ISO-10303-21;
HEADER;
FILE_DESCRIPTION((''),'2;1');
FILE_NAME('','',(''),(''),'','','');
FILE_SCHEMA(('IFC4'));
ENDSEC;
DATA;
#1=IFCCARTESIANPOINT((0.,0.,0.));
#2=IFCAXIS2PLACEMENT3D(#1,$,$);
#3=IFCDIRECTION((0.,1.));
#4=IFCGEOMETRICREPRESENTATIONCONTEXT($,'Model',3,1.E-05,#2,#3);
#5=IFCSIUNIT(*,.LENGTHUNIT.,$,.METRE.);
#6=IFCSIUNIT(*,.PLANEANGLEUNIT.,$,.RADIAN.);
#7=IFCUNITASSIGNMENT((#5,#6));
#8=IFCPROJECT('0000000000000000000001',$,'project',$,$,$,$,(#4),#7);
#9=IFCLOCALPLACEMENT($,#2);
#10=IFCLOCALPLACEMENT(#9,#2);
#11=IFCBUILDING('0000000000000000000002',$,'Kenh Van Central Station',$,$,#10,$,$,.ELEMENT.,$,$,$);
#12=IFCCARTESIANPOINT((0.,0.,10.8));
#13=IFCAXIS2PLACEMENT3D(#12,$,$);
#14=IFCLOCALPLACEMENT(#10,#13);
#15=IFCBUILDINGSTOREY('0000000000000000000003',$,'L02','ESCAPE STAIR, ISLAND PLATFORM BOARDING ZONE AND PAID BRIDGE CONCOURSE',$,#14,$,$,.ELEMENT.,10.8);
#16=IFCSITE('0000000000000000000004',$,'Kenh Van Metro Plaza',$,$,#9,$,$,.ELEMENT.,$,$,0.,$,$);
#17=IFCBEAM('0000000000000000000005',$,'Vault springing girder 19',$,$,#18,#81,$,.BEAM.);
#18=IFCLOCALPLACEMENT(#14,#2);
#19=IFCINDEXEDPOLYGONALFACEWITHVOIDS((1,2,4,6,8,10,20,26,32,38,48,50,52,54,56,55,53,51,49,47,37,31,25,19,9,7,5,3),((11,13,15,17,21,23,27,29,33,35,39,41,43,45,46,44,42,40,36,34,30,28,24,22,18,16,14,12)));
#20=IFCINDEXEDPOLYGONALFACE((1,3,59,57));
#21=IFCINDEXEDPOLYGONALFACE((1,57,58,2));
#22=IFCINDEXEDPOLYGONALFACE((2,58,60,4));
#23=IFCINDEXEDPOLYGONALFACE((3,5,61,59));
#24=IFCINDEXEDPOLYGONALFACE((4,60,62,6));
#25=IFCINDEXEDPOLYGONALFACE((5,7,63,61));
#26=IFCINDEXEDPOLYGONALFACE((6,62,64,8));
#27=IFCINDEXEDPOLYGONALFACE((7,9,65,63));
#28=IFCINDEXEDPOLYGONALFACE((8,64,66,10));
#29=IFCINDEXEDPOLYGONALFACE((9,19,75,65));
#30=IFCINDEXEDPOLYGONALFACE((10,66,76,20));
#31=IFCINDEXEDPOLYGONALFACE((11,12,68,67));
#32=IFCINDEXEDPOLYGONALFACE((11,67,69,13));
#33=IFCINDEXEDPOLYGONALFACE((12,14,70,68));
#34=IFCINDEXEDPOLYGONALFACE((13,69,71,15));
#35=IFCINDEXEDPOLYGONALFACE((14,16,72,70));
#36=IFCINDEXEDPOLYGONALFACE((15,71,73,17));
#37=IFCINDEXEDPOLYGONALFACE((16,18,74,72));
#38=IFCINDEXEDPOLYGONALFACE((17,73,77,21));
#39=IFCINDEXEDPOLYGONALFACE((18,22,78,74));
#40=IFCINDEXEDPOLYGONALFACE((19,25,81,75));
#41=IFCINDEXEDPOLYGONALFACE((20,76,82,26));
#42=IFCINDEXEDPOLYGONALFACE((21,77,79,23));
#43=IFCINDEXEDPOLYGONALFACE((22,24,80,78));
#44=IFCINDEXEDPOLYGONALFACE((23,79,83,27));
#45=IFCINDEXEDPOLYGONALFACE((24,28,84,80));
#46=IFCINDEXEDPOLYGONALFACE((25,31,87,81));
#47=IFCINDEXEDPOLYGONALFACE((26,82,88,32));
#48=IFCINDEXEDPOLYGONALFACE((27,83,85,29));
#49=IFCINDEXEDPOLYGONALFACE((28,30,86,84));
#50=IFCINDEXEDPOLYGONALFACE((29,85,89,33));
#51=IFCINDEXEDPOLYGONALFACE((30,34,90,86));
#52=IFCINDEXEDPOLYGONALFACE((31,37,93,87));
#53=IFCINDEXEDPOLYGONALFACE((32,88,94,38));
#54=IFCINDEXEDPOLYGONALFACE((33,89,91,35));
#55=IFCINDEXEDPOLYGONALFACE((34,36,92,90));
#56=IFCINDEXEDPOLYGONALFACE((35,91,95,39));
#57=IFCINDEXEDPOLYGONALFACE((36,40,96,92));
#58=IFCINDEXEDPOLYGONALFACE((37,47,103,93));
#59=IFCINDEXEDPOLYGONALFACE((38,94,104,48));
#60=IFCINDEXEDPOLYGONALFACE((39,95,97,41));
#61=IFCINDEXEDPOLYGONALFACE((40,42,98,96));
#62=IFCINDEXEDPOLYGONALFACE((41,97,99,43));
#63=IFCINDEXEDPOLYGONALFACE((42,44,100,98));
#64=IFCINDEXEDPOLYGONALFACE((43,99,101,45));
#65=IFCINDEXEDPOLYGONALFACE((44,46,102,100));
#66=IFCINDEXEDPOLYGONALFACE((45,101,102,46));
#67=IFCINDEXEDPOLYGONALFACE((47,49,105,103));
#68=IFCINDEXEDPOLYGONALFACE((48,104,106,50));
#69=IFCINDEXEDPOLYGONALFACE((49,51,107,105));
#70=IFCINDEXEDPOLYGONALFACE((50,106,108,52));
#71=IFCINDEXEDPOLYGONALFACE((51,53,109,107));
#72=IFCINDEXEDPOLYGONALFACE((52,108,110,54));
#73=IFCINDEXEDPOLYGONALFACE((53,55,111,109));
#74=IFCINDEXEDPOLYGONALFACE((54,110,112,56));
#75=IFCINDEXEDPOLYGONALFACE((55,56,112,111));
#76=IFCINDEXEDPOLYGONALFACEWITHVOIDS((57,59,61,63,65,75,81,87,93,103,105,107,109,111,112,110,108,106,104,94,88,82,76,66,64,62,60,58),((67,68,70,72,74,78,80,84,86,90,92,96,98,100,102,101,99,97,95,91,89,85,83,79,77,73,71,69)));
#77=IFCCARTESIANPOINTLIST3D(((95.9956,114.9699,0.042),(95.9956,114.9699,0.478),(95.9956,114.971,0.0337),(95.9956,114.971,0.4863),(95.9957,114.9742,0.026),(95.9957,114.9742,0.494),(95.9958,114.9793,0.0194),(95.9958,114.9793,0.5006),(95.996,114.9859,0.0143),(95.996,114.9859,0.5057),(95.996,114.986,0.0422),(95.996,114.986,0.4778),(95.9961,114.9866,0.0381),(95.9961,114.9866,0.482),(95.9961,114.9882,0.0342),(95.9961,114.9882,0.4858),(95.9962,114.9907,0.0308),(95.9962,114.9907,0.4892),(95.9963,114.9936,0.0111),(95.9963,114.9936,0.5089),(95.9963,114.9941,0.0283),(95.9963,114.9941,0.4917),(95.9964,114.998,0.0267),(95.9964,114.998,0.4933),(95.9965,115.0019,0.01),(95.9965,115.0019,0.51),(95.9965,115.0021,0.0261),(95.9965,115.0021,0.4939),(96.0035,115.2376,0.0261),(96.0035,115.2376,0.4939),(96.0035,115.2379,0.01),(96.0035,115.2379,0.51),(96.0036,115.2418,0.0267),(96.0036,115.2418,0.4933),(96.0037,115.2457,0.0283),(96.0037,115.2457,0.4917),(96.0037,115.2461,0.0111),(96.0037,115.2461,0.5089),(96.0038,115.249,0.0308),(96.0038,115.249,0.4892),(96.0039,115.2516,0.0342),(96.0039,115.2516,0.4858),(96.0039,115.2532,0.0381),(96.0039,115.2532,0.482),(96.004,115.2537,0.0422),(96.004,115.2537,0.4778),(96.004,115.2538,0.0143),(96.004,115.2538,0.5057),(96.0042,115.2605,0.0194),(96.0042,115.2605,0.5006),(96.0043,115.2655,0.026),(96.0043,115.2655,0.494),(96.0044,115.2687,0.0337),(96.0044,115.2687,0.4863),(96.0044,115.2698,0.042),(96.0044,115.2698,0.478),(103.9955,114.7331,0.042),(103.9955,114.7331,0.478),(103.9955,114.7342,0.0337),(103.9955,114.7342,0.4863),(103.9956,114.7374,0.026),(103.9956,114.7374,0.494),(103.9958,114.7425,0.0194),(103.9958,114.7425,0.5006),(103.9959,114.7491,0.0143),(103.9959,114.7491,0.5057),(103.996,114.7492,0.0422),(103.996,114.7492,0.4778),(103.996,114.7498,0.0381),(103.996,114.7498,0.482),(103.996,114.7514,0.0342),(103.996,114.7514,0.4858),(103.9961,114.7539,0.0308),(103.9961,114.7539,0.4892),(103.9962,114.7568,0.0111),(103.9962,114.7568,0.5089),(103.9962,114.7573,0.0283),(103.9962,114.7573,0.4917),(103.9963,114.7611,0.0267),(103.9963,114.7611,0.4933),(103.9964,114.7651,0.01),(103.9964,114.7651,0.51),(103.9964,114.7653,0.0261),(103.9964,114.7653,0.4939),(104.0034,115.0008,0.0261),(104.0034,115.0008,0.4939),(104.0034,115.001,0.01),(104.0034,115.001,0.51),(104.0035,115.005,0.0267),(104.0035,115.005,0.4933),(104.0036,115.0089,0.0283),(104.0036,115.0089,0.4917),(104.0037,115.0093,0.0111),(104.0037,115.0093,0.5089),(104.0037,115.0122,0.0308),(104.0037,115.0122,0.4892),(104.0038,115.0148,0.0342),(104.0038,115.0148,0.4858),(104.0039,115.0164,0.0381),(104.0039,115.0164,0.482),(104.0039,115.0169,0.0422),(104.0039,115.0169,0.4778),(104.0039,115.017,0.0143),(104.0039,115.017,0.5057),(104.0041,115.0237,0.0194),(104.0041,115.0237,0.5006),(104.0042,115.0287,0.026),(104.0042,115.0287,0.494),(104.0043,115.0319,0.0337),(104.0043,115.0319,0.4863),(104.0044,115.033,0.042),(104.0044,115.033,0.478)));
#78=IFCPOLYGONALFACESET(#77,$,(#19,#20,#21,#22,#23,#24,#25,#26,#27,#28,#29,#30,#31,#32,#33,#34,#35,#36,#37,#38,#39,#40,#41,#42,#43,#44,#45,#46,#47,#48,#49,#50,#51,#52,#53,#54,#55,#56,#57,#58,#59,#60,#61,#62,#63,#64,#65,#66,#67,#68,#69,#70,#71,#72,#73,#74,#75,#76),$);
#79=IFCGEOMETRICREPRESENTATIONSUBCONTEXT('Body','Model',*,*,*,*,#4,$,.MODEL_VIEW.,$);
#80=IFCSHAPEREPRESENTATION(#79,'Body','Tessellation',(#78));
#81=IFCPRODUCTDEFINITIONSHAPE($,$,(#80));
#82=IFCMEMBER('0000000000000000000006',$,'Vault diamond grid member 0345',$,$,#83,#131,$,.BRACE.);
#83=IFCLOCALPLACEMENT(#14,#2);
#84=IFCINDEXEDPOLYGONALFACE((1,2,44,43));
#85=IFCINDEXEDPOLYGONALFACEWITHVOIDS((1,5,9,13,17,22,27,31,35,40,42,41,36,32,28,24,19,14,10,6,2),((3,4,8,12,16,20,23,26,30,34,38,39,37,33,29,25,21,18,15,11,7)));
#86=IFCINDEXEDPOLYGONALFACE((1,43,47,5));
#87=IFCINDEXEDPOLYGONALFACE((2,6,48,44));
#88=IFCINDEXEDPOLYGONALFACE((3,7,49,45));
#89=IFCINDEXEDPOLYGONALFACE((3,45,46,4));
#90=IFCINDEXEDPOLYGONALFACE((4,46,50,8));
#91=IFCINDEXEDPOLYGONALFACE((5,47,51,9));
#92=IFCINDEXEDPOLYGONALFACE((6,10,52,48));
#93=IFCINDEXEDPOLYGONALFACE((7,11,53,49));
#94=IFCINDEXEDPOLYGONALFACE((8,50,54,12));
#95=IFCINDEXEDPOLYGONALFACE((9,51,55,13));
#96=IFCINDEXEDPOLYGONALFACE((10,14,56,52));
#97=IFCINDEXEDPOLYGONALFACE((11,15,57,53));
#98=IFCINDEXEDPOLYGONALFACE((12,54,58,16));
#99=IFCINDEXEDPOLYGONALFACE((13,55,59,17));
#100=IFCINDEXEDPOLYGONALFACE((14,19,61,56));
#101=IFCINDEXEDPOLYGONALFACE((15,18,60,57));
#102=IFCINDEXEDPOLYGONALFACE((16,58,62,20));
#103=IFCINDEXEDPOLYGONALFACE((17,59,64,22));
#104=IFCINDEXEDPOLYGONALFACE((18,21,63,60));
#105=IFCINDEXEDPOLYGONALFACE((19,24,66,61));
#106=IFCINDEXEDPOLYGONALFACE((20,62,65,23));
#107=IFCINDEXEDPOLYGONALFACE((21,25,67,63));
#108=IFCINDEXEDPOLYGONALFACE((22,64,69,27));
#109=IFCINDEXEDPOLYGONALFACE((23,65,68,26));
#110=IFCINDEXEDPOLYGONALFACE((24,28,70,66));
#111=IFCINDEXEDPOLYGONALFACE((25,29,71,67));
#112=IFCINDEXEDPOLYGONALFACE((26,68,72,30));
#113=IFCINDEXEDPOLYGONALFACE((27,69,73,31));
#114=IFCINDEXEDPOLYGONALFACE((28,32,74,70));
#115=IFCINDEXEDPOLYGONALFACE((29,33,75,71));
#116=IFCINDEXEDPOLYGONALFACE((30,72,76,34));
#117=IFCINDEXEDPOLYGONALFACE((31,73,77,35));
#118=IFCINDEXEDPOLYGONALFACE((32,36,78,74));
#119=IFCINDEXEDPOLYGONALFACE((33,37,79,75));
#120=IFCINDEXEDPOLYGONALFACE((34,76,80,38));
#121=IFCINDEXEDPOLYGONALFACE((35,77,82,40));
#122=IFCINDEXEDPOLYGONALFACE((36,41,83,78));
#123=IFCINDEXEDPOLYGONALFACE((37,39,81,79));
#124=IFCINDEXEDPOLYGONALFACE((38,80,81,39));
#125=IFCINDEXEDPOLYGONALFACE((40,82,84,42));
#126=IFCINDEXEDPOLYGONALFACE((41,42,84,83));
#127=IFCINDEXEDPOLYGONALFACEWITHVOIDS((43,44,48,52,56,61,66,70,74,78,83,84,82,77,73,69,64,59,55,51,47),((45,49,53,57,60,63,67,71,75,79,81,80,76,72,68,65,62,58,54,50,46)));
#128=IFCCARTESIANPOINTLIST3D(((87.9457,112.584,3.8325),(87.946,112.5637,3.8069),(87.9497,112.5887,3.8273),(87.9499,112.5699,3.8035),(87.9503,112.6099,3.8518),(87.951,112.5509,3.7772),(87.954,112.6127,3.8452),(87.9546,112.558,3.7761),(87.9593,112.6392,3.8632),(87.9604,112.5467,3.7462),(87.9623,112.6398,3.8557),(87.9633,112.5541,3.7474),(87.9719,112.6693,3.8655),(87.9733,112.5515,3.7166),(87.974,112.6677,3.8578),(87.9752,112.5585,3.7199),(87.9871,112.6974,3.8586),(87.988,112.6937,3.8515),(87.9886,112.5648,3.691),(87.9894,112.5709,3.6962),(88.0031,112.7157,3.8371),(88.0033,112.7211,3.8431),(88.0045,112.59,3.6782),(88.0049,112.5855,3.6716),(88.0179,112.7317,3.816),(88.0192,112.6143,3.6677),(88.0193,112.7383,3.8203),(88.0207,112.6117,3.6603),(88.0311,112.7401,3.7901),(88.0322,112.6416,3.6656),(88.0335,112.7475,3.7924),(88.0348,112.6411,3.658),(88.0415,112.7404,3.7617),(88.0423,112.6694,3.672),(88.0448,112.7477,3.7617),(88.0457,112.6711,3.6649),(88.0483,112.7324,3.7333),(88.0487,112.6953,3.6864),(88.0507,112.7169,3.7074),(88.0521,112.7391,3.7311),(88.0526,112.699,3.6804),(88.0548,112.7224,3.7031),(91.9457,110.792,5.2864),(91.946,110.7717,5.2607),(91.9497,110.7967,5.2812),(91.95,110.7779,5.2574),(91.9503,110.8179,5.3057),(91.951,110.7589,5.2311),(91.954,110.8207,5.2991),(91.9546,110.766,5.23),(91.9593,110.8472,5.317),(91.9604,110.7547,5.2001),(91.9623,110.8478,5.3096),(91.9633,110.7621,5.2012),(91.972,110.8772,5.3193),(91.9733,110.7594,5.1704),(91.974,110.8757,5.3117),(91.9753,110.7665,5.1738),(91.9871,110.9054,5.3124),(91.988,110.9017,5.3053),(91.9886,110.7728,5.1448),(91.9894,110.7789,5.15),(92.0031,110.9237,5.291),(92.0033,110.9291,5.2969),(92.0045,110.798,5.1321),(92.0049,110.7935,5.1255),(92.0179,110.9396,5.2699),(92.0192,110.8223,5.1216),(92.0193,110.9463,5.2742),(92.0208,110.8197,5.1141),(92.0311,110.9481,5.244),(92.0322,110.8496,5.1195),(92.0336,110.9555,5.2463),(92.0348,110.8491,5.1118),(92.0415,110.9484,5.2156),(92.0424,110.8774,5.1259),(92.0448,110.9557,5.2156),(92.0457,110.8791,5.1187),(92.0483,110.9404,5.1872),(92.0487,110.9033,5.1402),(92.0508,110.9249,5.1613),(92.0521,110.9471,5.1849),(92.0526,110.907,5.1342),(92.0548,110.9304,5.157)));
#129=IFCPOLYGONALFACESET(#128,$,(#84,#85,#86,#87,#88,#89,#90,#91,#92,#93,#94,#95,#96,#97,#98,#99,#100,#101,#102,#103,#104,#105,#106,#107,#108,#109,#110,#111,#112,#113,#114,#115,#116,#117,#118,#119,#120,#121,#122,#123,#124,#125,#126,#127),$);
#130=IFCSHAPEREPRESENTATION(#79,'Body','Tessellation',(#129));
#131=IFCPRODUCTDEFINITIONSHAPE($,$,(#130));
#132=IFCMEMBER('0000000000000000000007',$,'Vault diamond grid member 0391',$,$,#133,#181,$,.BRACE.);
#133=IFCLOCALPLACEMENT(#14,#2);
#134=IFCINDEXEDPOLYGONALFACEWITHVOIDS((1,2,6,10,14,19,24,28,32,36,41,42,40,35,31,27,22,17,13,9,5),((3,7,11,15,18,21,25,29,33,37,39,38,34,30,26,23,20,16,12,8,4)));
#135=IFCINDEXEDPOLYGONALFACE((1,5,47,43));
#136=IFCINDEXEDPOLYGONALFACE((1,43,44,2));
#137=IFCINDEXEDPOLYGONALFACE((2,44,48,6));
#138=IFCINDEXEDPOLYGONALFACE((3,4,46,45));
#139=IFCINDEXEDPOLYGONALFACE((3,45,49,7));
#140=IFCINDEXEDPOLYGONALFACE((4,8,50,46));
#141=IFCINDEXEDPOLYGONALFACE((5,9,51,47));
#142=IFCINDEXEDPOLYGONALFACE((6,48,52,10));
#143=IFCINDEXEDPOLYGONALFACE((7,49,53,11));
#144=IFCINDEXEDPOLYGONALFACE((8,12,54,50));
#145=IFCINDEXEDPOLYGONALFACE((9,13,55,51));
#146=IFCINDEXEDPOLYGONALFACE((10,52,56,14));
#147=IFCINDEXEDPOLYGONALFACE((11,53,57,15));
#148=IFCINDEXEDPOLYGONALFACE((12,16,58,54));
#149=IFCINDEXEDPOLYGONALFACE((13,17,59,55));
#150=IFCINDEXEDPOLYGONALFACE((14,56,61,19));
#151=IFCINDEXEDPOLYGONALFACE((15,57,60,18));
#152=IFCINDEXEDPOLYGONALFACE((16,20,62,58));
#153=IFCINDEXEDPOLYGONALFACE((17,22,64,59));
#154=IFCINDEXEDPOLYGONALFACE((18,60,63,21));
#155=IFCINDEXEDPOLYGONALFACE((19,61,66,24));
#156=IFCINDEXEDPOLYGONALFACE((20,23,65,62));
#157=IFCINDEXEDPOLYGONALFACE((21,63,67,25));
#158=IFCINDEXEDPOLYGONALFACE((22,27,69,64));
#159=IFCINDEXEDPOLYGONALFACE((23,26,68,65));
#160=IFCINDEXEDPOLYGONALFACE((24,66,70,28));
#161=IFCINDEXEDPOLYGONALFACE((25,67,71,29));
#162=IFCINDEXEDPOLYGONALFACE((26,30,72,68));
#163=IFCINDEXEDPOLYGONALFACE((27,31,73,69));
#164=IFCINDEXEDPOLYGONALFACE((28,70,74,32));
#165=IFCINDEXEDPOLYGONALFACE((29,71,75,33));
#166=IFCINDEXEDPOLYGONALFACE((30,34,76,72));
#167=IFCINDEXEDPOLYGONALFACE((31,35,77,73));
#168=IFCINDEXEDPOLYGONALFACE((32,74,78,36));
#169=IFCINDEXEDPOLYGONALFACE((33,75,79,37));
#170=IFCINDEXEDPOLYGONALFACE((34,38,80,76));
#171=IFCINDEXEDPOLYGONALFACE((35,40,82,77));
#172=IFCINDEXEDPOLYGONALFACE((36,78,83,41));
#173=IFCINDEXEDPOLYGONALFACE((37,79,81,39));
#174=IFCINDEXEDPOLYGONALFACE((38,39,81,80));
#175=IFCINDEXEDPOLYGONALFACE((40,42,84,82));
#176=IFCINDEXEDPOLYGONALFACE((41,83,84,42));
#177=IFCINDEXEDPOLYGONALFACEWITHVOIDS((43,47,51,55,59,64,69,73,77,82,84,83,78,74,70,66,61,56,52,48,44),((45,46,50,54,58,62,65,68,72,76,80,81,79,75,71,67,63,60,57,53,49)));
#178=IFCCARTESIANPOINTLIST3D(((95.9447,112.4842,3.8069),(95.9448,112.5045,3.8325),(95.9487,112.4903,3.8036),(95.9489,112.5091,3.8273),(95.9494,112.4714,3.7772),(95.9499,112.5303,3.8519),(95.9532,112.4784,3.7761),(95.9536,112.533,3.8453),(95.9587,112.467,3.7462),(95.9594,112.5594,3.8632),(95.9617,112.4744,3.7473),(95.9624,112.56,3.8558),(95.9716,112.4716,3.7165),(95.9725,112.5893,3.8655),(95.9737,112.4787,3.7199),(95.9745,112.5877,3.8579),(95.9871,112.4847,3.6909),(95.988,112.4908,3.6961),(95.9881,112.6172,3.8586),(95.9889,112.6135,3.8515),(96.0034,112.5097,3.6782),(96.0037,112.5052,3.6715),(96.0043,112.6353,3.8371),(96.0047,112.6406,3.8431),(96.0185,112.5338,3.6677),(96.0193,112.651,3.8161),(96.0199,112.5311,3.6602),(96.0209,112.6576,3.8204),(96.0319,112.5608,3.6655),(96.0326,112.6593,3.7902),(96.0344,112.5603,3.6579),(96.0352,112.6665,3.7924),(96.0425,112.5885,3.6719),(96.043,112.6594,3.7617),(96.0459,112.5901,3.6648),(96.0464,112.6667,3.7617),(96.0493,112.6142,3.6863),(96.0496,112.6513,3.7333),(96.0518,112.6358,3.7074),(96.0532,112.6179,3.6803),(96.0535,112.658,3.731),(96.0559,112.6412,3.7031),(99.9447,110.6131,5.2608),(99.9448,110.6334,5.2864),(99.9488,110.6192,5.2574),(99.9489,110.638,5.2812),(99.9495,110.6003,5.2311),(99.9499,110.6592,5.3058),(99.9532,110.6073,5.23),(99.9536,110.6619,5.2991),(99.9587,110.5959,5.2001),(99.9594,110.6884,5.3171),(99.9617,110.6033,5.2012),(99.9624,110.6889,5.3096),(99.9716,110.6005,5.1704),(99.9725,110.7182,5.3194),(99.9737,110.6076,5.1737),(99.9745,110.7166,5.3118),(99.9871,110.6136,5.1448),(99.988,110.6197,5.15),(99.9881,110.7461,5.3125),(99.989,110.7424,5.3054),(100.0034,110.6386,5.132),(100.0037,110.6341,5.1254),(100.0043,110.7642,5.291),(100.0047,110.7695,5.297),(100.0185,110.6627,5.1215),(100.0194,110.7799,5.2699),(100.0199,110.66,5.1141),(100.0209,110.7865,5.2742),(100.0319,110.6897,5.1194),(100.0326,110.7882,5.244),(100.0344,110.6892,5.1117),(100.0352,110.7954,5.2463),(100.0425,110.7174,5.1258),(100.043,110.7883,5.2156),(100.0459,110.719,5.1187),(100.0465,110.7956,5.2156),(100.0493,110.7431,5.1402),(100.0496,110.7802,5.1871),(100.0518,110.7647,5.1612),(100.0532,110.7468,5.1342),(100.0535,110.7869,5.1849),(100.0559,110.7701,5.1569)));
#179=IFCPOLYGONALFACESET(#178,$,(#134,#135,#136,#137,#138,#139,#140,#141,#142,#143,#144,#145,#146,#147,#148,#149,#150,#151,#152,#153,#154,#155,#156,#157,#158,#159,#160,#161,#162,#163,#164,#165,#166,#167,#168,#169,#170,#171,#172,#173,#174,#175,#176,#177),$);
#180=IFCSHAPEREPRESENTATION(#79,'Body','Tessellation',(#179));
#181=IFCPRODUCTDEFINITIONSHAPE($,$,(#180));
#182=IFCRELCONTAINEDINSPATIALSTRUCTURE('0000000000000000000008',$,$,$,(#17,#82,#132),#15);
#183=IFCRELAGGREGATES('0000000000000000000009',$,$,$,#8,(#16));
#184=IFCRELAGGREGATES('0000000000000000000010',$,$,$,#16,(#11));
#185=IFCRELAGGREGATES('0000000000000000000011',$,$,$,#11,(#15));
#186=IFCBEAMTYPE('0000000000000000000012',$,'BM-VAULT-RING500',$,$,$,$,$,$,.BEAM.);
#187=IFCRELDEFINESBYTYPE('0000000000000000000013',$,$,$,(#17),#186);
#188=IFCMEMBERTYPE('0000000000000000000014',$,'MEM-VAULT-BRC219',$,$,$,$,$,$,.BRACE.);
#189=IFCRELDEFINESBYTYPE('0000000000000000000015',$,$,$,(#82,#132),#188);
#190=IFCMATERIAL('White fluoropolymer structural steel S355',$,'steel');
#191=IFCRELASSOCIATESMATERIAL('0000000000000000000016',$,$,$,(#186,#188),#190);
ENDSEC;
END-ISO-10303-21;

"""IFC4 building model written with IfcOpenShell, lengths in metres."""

from ifc_helpers import new_model, si_unit, direction, frame, origin, origin_2d, place, context, subcontext, project, spatial, hollow_rectangle, hollow_circle, extrude, material, material_profile, profile_set, type_object, element, save


model = new_model("IFC4")

# Units and contexts
model_context = context("Model", 3, precision=1e-05, world=origin(), true_north=direction((0.0, 1.0)))
body_context = subcontext(model_context, "Body", "Model", "MODEL_VIEW")
ifc_project = project(units=[si_unit("LENGTHUNIT", "METRE"), si_unit("PLANEANGLEUNIT", "RADIAN")], contexts=[model_context])

# Site, building, storey
site_placement = place(None, origin())
site = spatial("IfcSite", under=ifc_project, at=site_placement, Name="Kenh Van Metro Plaza", CompositionType="ELEMENT", RefElevation=0.0)
building_placement = place(site_placement, origin())
building = spatial("IfcBuilding", under=site, at=building_placement, Name="Kenh Van Central Station", CompositionType="ELEMENT")
storey_placement = place(building_placement, frame((0.0, 0.0, 10.8)))
storey = spatial("IfcBuildingStorey", under=building, at=storey_placement, Name="L02", Description="ESCAPE STAIR, ISLAND PLATFORM BOARDING ZONE AND PAID BRIDGE CONCOURSE", CompositionType="ELEMENT", Elevation=10.8)

# Beam
ifc_material_1 = material(Name="White fluoropolymer structural steel S355", Category="steel")
ifc_material_profile_1 = material_profile(ifc_material_1, hollow_rectangle(XDim=0.3, YDim=0.5, WallThickness=0.0161, InnerFilletRadius=0.0161, OuterFilletRadius=0.032, at=origin_2d()), Name="RHS 500x300x16")
ifc_profile_set_1 = profile_set([ifc_material_profile_1], Name="White fluoropolymer structural steel S355")
beam_type_1 = type_object("IfcBeamType", Name="BM-VAULT-RING500", PredefinedType="BEAM", material=ifc_profile_set_1)
beam_1_placement = place(storey_placement, frame((96.0, 115.1199, 0.26), z_axis=(0.999562, -0.029589, 0.0), x_axis=(0.029589, 0.999562, 0.0)))
element("IfcBeam", 1, at=beam_1_placement, inside=storey, type_object=beam_type_1, Name="Vault springing girder 19", PredefinedType="BEAM", context=body_context, shape_type="SweptSolid", body=[
    extrude(hollow_rectangle(XDim=0.3, YDim=0.5, WallThickness=0.0161, InnerFilletRadius=0.0161, OuterFilletRadius=0.032, at=origin_2d()), origin(), (0.0, 0.0, 1.0), 8.0034),
])

# Members
ifc_material_profile_2 = material_profile(ifc_material_1, hollow_circle(Radius=0.1096, WallThickness=0.0081, at=origin_2d()), Name="CHS 219.1x8")
ifc_profile_set_2 = profile_set([ifc_material_profile_2], Name="White fluoropolymer structural steel S355")
member_type_1 = type_object("IfcMemberType", Name="MEM-VAULT-BRC219", PredefinedType="BRACE", material=ifc_profile_set_2)
member_1_placement = place(storey_placement, frame((88.0, 112.6477, 3.7617), z_axis=(0.866196, -0.388054, 0.314831), x_axis=(0.408845, 0.912604, 0.0)))
element("IfcMember", 2, at=member_1_placement, inside=storey, type_object=member_type_1, Name="Vault diamond grid member 0345", PredefinedType="BRACE", context=body_context, shape_type="SweptSolid", body=[
    extrude(hollow_circle(Radius=0.1096, WallThickness=0.0081, at=origin_2d()), origin(), (0.0, 0.0, 1.0), 4.6179),
])
member_2_placement = place(storey_placement, frame((96.0, 112.5674, 3.7617), z_axis=(0.86037, -0.402458, 0.312714), x_axis=(0.423709, 0.905799, 0.0)))
element("IfcMember", 3, at=member_2_placement, inside=storey, type_object=member_type_1, Name="Vault diamond grid member 0391", PredefinedType="BRACE", context=body_context, shape_type="SweptSolid", body=[
    extrude(hollow_circle(Radius=0.1096, WallThickness=0.0081, at=origin_2d()), origin(), (0.0, 0.0, 1.0), 4.6492),
])

save(model, "model.ifc")
